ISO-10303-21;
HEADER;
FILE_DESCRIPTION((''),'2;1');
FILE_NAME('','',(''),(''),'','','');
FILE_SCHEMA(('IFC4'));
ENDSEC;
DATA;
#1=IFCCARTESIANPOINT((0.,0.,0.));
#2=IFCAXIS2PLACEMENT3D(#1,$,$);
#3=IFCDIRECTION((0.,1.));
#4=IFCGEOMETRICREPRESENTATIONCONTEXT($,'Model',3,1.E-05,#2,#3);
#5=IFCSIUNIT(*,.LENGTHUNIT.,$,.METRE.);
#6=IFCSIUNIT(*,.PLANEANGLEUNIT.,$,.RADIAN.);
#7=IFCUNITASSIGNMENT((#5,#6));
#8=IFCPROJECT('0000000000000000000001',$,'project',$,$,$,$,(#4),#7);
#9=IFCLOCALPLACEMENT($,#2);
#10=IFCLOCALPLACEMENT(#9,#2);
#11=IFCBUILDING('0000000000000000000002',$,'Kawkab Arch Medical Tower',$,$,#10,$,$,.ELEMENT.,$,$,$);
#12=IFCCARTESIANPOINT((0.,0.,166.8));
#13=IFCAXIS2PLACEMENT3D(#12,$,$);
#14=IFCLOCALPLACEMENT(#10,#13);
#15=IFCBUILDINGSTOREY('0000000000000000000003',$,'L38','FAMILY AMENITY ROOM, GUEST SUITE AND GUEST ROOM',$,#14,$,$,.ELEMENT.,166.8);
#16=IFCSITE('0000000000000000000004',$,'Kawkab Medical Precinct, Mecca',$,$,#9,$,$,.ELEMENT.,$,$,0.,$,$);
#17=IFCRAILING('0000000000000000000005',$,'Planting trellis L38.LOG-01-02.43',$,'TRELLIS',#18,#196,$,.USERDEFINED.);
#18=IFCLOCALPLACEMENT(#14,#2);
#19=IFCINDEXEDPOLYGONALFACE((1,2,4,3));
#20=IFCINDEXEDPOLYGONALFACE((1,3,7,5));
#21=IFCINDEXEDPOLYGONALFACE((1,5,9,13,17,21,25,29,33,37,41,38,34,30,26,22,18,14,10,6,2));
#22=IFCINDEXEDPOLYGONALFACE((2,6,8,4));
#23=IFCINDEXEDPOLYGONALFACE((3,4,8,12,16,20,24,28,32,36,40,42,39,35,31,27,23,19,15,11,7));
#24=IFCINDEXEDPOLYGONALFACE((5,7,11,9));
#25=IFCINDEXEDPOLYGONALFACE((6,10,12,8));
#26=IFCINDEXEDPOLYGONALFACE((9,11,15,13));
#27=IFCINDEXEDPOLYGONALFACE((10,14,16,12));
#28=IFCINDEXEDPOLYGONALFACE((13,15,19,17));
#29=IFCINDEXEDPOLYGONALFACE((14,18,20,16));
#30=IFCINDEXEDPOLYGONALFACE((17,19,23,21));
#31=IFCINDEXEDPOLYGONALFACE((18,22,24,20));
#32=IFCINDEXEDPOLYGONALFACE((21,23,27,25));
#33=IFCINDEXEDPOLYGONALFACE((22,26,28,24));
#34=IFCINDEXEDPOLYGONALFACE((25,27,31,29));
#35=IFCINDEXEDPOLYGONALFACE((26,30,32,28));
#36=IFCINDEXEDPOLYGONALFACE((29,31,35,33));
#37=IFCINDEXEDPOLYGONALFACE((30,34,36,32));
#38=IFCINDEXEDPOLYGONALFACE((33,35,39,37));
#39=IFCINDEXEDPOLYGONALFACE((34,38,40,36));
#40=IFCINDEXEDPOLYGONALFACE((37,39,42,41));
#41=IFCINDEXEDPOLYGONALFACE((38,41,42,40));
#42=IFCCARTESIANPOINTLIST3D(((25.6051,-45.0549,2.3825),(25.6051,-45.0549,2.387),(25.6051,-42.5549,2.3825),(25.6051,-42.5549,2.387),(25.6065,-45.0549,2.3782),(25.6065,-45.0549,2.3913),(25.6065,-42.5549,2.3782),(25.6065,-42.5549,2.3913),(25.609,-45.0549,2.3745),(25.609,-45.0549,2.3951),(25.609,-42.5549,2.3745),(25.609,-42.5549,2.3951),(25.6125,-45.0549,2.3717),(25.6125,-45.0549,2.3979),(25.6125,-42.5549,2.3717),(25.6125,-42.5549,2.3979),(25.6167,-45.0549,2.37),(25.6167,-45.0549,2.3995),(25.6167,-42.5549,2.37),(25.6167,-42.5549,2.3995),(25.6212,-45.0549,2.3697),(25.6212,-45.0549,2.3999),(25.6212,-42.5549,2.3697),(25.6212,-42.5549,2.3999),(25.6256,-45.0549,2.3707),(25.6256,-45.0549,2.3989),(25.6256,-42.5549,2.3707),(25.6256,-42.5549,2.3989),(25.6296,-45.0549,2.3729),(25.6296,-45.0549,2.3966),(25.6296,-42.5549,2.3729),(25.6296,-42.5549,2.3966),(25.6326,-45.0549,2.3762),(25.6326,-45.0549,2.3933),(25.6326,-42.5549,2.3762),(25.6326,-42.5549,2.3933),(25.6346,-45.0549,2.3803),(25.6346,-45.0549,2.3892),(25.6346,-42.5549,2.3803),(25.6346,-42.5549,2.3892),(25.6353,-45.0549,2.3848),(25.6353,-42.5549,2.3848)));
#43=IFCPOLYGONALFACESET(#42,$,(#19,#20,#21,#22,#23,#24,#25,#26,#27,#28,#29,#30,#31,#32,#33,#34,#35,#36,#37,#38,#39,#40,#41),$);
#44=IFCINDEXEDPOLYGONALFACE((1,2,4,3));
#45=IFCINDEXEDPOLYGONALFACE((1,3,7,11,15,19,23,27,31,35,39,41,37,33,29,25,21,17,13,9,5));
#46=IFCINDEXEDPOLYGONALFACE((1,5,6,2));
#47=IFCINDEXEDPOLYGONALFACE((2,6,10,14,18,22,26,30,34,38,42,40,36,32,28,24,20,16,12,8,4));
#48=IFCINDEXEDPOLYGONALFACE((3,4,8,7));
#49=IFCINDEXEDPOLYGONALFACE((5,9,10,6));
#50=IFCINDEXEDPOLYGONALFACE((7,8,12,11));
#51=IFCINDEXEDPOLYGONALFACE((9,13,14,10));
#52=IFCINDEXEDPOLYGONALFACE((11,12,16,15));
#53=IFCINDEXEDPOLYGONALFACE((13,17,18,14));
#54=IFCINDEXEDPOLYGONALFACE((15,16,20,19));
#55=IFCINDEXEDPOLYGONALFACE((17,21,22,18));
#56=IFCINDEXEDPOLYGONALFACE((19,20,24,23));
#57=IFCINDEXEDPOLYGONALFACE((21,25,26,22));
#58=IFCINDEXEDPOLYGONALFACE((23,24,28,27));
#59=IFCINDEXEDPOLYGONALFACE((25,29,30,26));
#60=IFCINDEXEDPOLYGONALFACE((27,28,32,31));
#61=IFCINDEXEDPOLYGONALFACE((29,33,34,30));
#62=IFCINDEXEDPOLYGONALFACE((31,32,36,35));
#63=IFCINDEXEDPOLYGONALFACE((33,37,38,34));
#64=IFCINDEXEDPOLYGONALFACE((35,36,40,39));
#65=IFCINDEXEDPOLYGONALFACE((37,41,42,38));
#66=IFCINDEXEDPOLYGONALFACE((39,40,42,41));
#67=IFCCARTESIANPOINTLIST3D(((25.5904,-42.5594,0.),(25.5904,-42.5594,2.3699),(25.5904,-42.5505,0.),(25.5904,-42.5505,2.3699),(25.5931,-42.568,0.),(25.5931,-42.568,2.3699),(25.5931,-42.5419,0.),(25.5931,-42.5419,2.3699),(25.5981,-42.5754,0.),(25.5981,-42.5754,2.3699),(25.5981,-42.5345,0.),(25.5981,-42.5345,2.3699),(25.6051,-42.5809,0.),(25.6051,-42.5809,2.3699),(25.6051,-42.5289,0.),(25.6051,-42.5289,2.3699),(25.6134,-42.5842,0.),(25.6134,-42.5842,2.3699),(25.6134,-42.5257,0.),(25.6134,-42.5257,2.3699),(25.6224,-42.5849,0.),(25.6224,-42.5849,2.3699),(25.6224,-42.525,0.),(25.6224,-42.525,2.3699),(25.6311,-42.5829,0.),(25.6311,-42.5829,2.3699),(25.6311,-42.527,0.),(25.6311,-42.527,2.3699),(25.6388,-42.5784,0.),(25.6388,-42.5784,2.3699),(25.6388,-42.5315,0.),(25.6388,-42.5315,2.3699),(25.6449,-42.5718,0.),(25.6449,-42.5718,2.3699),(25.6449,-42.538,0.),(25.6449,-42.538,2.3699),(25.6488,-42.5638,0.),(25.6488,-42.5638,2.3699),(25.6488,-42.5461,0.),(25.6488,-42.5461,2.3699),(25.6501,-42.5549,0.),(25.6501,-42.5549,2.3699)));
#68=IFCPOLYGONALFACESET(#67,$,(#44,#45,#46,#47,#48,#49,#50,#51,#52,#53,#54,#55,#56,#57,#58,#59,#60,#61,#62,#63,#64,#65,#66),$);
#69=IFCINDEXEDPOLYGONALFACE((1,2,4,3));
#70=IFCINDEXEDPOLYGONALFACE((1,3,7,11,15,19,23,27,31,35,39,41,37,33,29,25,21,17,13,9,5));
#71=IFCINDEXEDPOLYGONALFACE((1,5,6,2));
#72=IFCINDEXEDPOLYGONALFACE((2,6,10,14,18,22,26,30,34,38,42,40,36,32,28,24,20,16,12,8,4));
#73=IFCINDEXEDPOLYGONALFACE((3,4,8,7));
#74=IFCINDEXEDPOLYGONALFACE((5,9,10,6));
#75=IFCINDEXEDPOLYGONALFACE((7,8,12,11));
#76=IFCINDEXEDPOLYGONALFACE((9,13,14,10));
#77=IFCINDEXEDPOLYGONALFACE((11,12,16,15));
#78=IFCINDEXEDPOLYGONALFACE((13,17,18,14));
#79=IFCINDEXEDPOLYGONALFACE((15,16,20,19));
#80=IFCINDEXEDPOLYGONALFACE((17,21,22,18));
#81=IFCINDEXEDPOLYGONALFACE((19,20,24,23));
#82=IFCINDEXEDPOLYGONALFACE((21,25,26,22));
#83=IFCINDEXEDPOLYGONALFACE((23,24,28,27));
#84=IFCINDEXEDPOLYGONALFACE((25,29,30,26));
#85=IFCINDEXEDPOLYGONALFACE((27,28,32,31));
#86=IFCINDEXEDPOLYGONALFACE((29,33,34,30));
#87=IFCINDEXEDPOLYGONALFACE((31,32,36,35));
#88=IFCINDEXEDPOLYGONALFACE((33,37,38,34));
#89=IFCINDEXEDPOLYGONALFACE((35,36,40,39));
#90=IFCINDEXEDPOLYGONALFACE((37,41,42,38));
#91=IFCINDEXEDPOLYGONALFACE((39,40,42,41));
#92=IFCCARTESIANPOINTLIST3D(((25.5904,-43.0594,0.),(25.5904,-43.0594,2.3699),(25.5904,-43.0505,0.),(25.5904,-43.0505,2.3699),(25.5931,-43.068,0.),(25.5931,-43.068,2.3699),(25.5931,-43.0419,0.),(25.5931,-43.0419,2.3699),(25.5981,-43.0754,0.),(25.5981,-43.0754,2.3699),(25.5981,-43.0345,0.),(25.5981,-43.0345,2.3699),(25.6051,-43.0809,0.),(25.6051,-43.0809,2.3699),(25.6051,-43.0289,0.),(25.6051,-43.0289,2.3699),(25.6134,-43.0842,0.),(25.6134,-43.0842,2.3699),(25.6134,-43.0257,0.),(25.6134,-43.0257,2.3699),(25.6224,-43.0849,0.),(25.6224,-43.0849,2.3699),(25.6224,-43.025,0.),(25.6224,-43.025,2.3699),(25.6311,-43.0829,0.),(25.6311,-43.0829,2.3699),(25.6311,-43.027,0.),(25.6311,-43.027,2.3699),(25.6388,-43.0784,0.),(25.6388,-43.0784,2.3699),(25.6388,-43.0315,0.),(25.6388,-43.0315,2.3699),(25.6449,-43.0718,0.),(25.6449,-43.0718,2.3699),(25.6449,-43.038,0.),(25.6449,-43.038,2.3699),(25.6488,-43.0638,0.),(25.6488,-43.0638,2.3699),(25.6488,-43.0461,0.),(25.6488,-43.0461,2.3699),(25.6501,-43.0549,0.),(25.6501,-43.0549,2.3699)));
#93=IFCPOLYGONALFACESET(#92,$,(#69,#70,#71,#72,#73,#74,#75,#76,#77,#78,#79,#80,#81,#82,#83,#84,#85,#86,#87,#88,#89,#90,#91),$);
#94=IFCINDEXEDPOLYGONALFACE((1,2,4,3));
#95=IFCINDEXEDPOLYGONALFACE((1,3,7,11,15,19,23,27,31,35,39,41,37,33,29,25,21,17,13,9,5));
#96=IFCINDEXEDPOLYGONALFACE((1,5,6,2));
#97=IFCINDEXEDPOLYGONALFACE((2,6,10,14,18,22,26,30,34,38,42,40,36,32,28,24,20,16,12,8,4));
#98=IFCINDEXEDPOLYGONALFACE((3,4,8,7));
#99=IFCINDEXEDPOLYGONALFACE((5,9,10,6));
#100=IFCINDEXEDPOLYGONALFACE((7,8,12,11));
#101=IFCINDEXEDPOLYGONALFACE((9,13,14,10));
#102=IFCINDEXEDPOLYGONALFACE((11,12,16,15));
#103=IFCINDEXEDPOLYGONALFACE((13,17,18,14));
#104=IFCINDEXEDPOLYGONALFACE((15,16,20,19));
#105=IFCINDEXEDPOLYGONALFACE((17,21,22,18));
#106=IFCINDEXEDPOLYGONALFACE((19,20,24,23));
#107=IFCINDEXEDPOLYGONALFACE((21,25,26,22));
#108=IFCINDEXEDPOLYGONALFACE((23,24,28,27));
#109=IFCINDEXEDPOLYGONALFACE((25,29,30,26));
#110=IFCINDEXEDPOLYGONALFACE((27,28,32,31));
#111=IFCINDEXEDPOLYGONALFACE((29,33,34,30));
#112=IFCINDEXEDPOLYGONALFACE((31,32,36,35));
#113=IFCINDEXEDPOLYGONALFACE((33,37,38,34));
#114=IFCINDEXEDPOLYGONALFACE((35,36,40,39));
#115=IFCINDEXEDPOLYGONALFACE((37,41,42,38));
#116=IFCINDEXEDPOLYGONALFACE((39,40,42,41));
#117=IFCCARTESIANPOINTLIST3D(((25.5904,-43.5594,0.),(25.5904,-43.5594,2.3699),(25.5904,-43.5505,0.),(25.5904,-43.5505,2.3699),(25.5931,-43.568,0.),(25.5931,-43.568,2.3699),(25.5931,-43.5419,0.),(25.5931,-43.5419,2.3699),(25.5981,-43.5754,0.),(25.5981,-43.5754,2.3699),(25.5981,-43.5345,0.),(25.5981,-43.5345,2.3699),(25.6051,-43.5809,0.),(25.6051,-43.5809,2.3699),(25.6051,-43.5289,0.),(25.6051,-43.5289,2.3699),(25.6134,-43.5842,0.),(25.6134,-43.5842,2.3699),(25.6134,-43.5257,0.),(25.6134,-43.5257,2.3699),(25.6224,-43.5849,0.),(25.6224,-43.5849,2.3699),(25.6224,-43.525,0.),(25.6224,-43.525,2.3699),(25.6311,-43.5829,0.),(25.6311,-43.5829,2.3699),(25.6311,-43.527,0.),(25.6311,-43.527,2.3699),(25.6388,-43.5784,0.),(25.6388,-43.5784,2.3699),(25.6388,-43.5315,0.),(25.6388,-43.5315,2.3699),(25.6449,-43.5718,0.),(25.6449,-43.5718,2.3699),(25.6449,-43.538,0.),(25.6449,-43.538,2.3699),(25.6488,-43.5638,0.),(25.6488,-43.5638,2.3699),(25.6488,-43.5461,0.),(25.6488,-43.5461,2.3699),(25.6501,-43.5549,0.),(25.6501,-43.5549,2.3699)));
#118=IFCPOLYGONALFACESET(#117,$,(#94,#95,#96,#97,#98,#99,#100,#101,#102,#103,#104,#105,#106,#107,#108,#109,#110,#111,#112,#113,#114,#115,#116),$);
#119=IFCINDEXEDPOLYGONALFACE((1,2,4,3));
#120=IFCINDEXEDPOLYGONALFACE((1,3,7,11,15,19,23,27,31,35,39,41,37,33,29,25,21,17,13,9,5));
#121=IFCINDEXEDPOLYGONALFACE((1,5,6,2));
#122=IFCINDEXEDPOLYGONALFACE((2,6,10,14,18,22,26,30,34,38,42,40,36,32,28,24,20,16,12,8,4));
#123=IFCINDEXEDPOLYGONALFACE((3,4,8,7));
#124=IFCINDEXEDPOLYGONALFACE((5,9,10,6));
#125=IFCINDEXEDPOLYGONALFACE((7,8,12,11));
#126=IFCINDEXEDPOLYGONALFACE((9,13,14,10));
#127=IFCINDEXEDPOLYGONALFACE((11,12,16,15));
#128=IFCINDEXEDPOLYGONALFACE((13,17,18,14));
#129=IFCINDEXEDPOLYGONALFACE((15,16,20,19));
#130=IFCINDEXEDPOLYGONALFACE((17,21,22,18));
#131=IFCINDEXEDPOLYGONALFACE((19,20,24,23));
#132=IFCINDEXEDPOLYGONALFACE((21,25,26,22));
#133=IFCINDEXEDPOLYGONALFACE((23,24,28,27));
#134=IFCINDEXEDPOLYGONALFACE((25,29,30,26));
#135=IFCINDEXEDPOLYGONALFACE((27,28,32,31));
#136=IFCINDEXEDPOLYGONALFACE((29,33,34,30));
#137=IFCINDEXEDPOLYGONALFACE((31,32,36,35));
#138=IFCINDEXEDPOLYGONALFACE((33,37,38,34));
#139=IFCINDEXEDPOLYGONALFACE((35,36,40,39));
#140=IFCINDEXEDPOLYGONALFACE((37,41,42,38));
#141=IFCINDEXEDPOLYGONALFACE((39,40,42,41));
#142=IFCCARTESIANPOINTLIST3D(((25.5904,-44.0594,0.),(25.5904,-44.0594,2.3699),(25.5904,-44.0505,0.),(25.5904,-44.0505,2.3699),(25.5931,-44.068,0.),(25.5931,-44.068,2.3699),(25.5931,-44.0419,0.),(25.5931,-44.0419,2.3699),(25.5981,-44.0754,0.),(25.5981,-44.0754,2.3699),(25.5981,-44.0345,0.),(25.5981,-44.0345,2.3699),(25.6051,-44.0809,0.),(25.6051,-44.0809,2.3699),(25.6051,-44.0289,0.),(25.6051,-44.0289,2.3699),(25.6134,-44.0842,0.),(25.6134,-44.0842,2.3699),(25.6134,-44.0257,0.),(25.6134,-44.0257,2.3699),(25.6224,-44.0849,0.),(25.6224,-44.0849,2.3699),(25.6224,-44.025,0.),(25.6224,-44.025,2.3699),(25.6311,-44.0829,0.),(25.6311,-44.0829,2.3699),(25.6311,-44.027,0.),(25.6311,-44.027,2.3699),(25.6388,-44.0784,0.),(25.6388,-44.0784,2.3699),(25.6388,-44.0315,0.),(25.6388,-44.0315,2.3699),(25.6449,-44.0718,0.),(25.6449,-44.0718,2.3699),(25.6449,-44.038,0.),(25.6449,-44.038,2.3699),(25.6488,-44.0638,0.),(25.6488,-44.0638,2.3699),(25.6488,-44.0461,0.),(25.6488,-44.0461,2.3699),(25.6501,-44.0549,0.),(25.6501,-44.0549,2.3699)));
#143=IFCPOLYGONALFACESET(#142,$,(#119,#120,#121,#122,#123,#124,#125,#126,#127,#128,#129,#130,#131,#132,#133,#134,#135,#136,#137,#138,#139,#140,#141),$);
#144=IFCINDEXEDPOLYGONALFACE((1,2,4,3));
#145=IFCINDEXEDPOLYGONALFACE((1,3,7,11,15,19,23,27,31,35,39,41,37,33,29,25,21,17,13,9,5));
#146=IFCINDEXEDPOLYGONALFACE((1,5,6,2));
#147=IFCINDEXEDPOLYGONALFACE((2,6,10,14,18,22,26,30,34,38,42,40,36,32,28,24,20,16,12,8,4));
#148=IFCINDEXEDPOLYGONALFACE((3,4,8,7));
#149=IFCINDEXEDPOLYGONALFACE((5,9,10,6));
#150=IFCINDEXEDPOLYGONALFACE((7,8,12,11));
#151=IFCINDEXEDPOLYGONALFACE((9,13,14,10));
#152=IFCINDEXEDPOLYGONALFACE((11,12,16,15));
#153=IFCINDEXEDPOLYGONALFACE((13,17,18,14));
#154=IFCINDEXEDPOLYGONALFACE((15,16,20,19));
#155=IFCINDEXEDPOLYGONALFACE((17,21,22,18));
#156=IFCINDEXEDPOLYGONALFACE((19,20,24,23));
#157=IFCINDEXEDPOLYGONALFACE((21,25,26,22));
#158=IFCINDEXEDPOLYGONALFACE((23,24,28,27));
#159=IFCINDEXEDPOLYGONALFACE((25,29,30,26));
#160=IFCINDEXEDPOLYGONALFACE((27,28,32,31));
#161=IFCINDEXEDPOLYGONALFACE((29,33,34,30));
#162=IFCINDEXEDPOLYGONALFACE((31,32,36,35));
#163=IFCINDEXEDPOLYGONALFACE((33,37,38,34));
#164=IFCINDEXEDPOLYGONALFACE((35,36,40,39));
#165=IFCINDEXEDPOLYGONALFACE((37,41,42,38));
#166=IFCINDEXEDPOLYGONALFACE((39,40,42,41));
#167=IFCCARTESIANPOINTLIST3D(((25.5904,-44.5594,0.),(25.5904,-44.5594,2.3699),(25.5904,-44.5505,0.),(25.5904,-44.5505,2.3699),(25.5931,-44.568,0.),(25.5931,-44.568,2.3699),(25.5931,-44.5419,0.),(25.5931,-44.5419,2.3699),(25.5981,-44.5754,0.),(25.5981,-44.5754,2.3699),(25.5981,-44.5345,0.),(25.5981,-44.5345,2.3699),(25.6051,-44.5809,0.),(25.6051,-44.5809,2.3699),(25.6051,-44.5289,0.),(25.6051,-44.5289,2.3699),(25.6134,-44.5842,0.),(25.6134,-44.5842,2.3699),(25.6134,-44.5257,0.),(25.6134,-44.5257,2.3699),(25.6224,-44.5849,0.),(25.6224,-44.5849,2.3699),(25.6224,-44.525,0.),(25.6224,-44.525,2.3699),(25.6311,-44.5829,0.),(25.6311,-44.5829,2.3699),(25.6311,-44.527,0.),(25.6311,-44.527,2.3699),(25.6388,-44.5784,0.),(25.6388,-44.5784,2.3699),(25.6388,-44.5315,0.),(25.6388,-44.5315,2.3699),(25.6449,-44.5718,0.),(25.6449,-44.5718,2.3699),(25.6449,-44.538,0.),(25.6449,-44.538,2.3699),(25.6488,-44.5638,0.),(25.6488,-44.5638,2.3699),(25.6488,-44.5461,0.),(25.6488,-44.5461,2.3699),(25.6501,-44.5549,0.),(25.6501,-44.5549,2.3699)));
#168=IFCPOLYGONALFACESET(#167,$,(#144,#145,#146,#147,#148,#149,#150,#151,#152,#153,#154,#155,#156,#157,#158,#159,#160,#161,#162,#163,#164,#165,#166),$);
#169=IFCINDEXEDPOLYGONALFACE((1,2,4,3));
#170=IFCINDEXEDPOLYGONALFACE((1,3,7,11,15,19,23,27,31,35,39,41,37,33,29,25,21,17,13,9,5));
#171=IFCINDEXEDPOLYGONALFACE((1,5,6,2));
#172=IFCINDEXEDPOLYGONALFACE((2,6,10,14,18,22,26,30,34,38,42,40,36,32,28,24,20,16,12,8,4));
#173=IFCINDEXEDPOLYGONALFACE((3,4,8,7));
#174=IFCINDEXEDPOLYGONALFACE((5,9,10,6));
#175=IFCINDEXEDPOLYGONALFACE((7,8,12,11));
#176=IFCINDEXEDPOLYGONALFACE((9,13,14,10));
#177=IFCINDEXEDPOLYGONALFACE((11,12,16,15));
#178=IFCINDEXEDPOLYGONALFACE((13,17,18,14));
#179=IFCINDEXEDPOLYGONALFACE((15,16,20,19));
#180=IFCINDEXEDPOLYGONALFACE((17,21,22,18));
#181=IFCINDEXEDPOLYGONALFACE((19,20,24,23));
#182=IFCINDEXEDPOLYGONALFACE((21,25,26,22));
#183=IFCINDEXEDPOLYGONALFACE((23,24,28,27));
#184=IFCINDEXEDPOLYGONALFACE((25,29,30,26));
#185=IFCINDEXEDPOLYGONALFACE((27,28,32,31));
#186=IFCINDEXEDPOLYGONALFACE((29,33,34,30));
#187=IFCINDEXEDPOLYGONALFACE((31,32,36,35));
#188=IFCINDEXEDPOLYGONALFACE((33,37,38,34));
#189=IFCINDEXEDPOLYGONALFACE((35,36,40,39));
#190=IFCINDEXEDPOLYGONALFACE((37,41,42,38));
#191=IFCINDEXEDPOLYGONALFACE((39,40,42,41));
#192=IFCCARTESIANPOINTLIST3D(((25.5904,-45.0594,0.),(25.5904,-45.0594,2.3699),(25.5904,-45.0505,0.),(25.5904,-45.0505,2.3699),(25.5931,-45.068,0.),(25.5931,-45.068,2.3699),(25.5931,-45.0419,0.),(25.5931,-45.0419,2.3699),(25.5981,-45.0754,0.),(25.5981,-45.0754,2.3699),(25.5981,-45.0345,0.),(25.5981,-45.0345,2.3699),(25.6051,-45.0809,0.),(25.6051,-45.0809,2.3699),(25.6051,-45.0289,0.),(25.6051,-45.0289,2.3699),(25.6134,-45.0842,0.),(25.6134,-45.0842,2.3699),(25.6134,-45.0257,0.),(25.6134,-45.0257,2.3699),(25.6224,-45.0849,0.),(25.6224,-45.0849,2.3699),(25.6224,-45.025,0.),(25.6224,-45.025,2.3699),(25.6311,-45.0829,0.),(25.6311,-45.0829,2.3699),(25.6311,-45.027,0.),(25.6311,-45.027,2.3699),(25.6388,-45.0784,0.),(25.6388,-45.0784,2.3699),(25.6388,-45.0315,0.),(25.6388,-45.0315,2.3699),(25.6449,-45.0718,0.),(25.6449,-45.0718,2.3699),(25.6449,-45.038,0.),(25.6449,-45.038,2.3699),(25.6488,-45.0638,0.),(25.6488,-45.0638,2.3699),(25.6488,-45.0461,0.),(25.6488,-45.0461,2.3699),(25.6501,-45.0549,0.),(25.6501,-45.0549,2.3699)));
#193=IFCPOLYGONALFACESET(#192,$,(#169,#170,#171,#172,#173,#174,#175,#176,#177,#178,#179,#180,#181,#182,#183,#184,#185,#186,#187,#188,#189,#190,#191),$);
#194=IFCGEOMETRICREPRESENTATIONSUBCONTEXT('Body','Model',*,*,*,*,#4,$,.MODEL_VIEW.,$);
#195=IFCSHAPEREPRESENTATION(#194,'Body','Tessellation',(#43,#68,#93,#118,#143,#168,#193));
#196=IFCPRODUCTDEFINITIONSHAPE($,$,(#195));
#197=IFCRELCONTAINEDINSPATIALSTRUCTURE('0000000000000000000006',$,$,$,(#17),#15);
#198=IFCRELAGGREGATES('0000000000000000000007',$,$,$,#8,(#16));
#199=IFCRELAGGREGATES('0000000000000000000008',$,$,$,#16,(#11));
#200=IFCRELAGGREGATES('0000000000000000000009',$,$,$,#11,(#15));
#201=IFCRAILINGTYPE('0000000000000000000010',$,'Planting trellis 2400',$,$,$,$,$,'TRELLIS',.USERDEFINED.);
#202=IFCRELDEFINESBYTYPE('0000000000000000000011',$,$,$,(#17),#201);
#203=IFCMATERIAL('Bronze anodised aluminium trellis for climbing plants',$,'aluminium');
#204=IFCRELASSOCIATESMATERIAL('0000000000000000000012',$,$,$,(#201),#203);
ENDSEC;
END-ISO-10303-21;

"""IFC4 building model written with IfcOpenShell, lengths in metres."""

from ifc_helpers import new_model, si_unit, direction, frame, origin, origin_2d, place, context, subcontext, project, spatial, circle, extrude, material, type_object, element, save


model = new_model("IFC4")

# Units and contexts
model_context = context("Model", 3, precision=1e-05, world=origin(), true_north=direction((0.0, 1.0)))
body_context = subcontext(model_context, "Body", "Model", "MODEL_VIEW")
ifc_project = project(units=[si_unit("LENGTHUNIT", "METRE"), si_unit("PLANEANGLEUNIT", "RADIAN")], contexts=[model_context])

# Site, building, storey
site_placement = place(None, origin())
site = spatial("IfcSite", under=ifc_project, at=site_placement, Name="Kawkab Medical Precinct, Mecca", CompositionType="ELEMENT", RefElevation=0.0)
building_placement = place(site_placement, origin())
building = spatial("IfcBuilding", under=site, at=building_placement, Name="Kawkab Arch Medical Tower", CompositionType="ELEMENT")
storey_placement = place(building_placement, frame((0.0, 0.0, 166.8)))
storey = spatial("IfcBuildingStorey", under=building, at=storey_placement, Name="L38", Description="FAMILY AMENITY ROOM, GUEST SUITE AND GUEST ROOM", CompositionType="ELEMENT", Elevation=166.8)

# Railing
ifc_material_1 = material(Name="Bronze anodised aluminium trellis for climbing plants", Category="aluminium")
railing_type = type_object("IfcRailingType", Name="Planting trellis 2400", ElementType="TRELLIS", PredefinedType="USERDEFINED", material=ifc_material_1)
railing_1_placement = place(storey_placement, frame((25.6201, -42.5549, 0.0)))
element("IfcRailing", 1, at=railing_1_placement, inside=storey, type_object=railing_type, Name="Planting trellis L38.LOG-01-02.43", ObjectType="TRELLIS", PredefinedType="USERDEFINED", context=body_context, shape_type="SweptSolid", body=[
    extrude(circle(Radius=0.0151, at=origin_2d()), frame((0.0, 0.0, 2.3848), z_axis=(0.0, -1.0, 0.0), x_axis=(1.0, 0.0, 0.0)), (0.0, 0.0, 1.0), 2.5),
    extrude(circle(Radius=0.03, at=origin_2d()), origin(), (0.0, 0.0, 1.0), 2.3699),
    extrude(circle(Radius=0.03, at=origin_2d()), frame((0.0, -0.5, 0.0)), (0.0, 0.0, 1.0), 2.3699),
    extrude(circle(Radius=0.03, at=origin_2d()), frame((0.0, -1.0, 0.0)), (0.0, 0.0, 1.0), 2.3699),
    extrude(circle(Radius=0.03, at=origin_2d()), frame((0.0, -1.5, 0.0)), (0.0, 0.0, 1.0), 2.3699),
    extrude(circle(Radius=0.03, at=origin_2d()), frame((0.0, -2.0, 0.0)), (0.0, 0.0, 1.0), 2.3699),
    extrude(circle(Radius=0.03, at=origin_2d()), frame((0.0, -2.5, 0.0)), (0.0, 0.0, 1.0), 2.3699),
])

save(model, "model.ifc")
